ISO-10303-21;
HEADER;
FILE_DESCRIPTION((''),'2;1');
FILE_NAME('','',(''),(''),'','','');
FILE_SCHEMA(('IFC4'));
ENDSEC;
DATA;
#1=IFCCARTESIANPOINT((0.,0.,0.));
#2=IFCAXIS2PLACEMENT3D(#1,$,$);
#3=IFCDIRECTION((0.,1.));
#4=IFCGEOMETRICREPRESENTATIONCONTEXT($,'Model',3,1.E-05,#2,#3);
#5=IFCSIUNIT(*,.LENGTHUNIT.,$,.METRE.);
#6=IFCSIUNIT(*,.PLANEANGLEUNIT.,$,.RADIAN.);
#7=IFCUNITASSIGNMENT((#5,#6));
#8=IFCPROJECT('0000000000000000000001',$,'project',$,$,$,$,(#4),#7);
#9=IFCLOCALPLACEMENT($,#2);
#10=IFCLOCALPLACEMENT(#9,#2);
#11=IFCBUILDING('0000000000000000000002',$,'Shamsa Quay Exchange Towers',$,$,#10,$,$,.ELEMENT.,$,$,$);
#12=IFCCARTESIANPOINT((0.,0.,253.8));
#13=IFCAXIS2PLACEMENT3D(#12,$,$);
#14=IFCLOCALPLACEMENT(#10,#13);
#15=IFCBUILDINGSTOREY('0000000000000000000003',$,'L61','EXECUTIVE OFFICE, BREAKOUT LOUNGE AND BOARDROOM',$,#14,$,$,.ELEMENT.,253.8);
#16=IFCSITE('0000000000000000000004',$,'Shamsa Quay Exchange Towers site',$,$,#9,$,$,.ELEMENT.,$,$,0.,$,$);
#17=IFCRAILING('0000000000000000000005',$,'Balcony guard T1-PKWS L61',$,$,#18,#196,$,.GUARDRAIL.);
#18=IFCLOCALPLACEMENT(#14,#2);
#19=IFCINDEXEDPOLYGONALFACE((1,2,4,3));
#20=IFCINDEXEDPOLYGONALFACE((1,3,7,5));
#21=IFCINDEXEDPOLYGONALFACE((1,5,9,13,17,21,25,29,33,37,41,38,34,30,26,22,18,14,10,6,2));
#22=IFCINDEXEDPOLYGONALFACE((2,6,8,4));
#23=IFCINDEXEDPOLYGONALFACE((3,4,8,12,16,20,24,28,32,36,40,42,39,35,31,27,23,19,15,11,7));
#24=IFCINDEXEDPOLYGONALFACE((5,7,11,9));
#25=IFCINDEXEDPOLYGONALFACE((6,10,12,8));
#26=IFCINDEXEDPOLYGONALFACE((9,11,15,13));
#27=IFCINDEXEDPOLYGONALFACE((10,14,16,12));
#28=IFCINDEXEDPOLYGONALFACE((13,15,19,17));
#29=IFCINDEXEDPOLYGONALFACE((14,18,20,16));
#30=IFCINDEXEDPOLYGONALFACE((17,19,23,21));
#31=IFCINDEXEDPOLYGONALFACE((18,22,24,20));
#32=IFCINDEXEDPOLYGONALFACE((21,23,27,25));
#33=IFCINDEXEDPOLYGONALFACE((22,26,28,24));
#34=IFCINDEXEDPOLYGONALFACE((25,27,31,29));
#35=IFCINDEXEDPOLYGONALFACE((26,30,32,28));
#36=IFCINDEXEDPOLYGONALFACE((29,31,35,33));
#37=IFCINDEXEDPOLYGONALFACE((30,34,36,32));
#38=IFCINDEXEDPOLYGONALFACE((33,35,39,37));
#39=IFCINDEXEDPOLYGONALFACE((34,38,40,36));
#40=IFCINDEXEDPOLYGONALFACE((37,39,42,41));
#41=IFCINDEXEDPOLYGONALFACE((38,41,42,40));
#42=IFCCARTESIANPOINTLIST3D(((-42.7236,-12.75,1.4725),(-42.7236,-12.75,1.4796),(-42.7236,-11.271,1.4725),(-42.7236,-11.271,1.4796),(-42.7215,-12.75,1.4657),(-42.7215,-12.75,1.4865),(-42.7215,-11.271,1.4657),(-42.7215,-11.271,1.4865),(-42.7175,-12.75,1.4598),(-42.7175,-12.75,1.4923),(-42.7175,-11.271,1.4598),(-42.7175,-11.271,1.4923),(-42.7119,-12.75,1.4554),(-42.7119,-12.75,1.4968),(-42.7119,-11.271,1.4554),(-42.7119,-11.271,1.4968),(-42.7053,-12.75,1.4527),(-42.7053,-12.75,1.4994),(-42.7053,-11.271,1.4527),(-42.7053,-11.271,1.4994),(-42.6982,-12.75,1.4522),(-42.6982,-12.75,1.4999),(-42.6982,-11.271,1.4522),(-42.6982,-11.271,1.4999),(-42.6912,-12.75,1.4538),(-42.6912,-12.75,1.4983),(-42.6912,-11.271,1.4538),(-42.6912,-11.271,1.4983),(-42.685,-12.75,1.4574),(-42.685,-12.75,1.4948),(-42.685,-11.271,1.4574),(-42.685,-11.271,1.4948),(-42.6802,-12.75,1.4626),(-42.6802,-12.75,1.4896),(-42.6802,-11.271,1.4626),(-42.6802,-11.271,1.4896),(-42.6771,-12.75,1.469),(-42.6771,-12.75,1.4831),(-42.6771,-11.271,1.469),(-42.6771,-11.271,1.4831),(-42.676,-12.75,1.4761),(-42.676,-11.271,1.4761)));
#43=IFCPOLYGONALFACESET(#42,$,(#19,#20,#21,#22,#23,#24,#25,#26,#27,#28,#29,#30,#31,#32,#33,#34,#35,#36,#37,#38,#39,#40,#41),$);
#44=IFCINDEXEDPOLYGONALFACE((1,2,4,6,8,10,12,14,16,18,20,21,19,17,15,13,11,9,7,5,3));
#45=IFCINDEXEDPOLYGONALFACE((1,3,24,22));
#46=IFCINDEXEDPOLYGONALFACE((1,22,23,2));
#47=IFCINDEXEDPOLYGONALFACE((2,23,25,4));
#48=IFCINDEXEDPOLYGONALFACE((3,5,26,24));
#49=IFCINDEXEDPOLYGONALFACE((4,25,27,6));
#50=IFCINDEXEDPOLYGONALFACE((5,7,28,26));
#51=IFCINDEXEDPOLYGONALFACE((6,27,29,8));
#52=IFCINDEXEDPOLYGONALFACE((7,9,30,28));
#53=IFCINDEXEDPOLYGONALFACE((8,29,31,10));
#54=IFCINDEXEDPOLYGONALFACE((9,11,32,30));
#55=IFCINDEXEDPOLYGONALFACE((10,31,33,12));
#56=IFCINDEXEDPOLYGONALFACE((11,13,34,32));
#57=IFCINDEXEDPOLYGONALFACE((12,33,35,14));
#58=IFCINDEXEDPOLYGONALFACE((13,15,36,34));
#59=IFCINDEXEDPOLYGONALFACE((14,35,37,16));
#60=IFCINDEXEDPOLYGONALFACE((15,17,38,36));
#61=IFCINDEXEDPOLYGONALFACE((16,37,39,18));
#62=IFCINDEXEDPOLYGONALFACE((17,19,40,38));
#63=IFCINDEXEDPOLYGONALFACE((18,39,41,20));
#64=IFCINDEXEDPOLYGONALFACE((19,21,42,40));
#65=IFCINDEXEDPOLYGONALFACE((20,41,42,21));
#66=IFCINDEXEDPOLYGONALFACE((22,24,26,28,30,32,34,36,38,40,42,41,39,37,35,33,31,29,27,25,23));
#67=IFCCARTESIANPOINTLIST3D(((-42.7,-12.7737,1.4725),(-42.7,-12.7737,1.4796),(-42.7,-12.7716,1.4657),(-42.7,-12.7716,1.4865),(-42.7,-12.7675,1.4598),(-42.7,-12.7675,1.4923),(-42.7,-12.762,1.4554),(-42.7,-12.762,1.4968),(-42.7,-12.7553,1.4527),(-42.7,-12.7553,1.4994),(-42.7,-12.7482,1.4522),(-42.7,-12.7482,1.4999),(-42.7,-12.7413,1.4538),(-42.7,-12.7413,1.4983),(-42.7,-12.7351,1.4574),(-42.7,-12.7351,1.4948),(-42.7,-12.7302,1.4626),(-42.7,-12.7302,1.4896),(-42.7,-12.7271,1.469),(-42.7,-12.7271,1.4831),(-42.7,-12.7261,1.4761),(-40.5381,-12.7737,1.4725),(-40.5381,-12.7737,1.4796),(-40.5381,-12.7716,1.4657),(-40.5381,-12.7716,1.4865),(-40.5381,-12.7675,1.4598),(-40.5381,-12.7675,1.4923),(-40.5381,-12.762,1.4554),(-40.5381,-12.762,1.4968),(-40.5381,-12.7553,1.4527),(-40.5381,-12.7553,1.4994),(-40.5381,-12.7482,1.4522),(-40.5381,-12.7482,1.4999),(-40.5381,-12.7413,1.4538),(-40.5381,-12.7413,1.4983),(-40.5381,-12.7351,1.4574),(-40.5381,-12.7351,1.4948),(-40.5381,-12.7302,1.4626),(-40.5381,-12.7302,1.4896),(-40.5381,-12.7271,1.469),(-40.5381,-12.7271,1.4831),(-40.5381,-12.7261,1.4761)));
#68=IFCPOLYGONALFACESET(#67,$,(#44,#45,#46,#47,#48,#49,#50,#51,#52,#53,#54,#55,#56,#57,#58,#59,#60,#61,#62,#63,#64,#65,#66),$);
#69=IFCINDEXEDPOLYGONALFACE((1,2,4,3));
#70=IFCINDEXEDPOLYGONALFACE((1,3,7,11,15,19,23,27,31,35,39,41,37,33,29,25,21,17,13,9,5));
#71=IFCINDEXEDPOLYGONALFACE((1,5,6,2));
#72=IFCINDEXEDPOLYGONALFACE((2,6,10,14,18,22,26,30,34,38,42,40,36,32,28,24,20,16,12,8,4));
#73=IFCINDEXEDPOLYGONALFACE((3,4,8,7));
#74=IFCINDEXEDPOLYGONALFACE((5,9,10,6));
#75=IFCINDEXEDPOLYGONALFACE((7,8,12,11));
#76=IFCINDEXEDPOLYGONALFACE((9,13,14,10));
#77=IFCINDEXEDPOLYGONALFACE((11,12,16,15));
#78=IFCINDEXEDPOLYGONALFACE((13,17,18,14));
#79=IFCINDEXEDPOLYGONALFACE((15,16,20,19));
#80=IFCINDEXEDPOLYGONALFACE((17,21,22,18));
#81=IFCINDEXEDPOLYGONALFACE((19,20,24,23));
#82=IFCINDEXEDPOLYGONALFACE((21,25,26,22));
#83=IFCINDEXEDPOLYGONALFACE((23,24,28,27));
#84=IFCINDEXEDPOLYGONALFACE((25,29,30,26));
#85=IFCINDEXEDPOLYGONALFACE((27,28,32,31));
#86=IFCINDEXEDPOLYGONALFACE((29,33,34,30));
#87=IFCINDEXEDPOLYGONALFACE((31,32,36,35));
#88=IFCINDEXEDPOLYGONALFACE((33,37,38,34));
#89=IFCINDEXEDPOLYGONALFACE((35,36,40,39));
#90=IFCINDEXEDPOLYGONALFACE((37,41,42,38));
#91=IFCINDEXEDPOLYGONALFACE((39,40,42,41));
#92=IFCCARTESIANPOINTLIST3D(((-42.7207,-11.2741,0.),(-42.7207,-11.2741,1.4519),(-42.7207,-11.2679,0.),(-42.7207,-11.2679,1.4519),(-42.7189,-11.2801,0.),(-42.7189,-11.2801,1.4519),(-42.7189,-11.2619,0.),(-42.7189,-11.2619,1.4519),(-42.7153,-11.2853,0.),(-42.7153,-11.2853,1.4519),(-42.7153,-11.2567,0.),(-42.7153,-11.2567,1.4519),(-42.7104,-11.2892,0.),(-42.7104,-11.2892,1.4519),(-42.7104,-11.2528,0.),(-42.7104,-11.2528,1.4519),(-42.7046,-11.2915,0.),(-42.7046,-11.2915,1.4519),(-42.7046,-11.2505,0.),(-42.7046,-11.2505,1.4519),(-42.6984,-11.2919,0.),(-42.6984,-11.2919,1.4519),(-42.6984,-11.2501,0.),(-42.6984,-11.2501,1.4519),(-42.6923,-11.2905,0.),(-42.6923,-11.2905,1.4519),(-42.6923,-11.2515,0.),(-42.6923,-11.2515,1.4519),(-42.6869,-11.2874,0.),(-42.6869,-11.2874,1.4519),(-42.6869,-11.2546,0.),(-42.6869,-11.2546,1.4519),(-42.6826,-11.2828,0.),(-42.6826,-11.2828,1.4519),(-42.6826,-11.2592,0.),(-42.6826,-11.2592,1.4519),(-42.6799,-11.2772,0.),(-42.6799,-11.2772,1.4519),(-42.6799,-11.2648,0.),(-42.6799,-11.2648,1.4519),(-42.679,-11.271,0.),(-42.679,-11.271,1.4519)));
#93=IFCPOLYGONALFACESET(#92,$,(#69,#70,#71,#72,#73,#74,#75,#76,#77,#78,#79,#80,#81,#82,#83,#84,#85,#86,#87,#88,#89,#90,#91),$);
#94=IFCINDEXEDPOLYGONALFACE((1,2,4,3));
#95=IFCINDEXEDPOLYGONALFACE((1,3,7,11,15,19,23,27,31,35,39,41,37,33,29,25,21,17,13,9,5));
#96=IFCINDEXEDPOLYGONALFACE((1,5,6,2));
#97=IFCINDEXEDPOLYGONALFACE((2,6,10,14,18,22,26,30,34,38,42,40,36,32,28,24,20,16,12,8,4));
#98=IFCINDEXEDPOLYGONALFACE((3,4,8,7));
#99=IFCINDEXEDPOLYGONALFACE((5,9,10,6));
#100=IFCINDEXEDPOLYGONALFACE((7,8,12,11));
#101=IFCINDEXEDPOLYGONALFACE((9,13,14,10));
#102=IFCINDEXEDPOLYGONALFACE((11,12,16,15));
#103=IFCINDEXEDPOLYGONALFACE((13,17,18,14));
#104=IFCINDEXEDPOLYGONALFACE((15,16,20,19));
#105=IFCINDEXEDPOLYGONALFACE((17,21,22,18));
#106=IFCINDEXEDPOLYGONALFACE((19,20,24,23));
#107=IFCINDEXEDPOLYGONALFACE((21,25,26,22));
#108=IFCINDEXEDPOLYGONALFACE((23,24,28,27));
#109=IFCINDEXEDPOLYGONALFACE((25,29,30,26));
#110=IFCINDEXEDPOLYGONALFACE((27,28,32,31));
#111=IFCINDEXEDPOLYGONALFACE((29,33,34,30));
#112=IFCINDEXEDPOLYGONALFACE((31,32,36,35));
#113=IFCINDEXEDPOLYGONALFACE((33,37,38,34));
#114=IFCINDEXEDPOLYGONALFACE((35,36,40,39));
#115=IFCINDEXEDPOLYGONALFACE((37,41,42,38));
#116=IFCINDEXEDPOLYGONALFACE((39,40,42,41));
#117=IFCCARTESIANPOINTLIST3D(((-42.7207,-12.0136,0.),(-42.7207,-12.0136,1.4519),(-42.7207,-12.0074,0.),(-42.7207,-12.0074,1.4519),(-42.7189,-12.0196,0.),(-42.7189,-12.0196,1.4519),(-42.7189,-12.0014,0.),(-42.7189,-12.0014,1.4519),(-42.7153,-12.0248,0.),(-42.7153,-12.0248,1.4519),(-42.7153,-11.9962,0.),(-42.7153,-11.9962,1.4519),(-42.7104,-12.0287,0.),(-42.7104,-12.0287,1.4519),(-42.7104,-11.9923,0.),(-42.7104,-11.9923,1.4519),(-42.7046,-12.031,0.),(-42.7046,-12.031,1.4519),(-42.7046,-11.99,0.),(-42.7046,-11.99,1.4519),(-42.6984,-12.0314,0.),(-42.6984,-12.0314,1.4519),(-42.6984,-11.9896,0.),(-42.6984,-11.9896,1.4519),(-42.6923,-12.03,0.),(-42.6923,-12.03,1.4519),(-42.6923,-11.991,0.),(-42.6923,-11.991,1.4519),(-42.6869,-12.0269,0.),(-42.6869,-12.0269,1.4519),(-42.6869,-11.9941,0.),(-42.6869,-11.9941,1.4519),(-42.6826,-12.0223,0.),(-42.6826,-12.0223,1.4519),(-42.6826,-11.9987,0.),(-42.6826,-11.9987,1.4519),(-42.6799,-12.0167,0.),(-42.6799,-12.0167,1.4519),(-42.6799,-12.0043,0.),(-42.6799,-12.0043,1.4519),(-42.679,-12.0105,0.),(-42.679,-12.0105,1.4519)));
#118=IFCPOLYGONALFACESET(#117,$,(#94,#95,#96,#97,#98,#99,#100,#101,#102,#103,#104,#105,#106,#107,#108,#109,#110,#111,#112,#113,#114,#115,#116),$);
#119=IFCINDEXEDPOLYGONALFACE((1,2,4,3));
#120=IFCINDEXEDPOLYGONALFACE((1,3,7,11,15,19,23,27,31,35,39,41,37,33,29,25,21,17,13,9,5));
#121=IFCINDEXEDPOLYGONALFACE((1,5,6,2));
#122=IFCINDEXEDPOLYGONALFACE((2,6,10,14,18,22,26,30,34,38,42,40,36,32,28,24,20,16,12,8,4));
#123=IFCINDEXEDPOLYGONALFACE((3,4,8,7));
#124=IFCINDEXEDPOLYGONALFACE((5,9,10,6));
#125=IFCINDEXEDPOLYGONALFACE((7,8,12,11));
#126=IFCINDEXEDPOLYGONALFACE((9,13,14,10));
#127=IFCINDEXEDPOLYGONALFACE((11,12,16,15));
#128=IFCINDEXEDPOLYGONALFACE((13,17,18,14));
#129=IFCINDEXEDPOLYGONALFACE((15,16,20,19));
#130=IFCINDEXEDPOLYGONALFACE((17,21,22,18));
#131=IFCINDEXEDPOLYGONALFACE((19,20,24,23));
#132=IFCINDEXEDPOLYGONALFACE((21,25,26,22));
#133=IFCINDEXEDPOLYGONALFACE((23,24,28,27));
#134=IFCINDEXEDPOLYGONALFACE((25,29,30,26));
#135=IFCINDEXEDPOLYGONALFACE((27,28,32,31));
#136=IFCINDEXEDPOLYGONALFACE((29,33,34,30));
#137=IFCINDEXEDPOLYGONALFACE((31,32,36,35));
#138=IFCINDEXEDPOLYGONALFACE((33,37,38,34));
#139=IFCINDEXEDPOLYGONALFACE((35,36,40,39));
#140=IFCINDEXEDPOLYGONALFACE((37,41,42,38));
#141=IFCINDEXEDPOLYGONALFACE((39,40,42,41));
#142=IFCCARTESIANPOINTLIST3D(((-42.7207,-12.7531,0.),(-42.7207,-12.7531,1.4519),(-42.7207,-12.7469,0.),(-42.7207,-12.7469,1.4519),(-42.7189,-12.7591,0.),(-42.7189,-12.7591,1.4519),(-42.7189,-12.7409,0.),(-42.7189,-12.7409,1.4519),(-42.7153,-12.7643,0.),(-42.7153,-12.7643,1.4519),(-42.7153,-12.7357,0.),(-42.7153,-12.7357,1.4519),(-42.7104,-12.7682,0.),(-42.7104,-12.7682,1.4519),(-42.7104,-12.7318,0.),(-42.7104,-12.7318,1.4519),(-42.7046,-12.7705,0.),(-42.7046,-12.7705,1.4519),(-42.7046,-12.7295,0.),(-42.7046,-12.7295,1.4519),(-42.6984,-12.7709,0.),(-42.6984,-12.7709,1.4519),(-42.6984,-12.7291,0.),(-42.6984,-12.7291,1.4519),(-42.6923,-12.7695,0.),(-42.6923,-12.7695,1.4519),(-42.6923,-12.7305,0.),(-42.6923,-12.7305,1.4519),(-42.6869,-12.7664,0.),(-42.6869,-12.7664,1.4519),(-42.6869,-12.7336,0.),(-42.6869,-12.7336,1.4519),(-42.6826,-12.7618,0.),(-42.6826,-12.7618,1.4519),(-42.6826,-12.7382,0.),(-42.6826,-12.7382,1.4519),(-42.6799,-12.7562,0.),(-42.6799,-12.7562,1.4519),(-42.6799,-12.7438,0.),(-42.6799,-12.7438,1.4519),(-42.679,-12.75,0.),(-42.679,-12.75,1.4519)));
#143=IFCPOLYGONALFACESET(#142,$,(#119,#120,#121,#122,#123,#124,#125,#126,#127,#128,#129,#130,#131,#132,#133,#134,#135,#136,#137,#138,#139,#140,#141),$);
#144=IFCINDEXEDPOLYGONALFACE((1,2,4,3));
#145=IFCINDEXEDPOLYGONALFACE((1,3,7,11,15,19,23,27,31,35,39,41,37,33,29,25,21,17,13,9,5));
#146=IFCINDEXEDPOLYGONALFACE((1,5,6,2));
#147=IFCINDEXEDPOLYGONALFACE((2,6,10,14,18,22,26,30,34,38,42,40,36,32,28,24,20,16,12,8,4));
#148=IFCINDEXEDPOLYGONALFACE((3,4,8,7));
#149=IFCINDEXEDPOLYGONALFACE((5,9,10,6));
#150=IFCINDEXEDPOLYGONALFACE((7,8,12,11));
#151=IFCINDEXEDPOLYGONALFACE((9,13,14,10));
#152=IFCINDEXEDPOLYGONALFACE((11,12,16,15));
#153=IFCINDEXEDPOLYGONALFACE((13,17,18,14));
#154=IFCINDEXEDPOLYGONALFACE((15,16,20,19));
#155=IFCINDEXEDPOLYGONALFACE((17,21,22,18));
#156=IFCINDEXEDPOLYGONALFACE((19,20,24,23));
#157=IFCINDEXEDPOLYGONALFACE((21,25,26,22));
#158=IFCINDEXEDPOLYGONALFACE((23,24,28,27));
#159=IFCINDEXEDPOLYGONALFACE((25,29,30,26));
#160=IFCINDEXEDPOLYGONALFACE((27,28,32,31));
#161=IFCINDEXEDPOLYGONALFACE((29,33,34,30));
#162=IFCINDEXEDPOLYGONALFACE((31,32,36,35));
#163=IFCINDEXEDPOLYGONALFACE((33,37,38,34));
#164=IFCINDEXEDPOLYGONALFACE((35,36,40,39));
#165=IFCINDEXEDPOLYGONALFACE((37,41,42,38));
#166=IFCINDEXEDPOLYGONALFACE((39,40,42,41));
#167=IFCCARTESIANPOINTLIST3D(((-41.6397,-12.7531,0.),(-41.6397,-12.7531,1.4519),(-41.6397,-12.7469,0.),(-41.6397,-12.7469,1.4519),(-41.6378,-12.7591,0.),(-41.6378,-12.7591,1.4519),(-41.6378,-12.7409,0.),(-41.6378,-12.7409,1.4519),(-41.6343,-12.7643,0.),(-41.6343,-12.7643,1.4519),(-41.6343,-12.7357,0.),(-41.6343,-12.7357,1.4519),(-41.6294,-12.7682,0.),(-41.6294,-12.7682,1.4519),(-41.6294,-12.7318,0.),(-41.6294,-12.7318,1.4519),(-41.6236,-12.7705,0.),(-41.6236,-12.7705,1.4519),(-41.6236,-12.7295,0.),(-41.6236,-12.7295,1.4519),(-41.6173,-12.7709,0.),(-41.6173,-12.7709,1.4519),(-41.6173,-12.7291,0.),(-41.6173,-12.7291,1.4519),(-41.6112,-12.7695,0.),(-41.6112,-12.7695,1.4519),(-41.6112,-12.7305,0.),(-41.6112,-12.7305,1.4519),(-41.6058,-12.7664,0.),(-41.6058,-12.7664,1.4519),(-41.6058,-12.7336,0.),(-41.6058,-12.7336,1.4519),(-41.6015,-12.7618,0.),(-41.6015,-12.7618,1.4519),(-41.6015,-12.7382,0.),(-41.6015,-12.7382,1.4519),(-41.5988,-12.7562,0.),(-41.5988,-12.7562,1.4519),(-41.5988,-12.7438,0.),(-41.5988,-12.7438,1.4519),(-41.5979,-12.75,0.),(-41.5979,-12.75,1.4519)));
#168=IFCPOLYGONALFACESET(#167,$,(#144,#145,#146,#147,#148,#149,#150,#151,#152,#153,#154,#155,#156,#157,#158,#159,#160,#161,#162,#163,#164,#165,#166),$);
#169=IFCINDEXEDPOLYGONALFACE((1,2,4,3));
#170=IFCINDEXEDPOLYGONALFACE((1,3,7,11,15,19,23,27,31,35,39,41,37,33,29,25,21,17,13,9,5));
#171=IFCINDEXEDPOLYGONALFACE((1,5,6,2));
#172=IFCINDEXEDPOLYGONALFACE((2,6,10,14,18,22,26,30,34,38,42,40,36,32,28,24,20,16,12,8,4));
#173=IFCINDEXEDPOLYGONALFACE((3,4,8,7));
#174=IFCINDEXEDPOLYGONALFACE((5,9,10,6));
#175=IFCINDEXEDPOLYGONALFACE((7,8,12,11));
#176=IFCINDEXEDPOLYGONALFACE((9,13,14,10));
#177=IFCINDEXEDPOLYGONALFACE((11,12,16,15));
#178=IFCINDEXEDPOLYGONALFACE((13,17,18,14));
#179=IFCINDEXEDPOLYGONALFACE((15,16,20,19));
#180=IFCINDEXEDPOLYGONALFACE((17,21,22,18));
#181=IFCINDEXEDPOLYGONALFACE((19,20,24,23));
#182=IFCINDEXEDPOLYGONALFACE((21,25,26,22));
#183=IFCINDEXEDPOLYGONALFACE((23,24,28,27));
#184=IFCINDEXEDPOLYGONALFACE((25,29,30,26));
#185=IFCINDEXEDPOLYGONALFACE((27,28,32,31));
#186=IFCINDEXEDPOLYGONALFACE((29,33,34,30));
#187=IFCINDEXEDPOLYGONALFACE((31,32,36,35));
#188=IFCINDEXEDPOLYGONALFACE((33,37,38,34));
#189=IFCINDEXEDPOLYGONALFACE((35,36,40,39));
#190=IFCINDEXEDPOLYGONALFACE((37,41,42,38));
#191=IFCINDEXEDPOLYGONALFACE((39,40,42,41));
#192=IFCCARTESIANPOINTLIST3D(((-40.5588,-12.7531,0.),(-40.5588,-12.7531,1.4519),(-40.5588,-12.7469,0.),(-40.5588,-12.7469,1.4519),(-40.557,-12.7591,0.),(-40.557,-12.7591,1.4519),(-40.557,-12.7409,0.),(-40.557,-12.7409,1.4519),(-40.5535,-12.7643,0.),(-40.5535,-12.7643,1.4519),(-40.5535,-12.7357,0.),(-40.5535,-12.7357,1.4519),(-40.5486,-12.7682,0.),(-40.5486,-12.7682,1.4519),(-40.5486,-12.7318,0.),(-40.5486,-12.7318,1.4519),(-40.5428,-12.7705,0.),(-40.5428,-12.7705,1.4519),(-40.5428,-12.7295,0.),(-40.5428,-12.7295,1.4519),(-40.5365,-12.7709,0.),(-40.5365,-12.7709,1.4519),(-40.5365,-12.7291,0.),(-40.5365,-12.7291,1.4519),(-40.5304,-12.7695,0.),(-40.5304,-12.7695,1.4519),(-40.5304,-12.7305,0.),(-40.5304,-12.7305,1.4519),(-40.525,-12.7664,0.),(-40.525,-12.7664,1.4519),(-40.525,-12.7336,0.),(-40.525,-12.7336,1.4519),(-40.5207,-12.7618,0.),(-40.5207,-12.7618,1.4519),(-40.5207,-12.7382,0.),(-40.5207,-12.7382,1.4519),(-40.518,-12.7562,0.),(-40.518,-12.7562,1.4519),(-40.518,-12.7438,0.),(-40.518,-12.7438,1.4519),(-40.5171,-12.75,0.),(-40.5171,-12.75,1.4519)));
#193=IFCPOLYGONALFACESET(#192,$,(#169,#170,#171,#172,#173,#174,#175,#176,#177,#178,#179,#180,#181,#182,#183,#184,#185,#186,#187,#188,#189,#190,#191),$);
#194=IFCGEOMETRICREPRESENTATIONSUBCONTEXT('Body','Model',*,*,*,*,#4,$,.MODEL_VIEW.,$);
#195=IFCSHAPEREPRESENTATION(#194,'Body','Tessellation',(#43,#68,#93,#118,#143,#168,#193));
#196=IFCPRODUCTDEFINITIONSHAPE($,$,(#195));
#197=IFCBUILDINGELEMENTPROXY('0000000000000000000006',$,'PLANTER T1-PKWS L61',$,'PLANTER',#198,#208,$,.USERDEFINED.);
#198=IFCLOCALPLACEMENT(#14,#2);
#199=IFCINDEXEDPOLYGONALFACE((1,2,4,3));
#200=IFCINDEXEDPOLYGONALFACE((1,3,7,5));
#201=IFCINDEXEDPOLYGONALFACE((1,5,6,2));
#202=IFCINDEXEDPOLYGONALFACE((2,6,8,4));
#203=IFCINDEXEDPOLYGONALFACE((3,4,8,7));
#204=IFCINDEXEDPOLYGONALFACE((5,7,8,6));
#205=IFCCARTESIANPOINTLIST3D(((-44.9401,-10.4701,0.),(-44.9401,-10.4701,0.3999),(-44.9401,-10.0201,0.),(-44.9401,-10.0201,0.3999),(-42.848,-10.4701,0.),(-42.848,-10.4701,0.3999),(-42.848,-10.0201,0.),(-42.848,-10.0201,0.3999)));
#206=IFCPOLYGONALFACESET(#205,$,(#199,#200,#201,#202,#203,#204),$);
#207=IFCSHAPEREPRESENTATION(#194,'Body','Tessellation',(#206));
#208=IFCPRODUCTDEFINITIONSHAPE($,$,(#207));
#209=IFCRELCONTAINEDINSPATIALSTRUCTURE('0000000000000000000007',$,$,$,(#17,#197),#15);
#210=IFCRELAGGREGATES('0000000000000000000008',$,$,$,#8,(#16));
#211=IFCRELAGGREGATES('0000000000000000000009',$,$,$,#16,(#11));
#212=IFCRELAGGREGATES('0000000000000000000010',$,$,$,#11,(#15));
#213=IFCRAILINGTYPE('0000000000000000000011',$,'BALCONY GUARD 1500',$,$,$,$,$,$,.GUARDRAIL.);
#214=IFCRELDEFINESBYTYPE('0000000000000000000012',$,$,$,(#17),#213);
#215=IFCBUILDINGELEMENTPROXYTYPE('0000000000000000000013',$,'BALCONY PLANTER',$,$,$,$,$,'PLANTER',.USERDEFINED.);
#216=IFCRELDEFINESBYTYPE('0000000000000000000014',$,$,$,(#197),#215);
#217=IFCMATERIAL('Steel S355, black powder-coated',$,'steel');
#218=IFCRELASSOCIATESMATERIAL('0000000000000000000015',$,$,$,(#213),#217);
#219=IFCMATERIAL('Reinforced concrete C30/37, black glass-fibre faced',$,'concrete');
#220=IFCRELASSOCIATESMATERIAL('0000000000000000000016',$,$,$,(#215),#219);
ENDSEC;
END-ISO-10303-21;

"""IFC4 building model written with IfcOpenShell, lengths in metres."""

from ifc_helpers import new_model, si_unit, direction, frame, origin, origin_2d, place, context, subcontext, project, spatial, rectangle, circle, extrude, material, type_object, element, save


model = new_model("IFC4")

# Units and contexts
model_context = context("Model", 3, precision=1e-05, world=origin(), true_north=direction((0.0, 1.0)))
body_context = subcontext(model_context, "Body", "Model", "MODEL_VIEW")
ifc_project = project(units=[si_unit("LENGTHUNIT", "METRE"), si_unit("PLANEANGLEUNIT", "RADIAN")], contexts=[model_context])

# Site, building, storey
site_placement = place(None, origin())
site = spatial("IfcSite", under=ifc_project, at=site_placement, Name="Shamsa Quay Exchange Towers site", CompositionType="ELEMENT", RefElevation=0.0)
building_placement = place(site_placement, origin())
building = spatial("IfcBuilding", under=site, at=building_placement, Name="Shamsa Quay Exchange Towers", CompositionType="ELEMENT")
storey_placement = place(building_placement, frame((0.0, 0.0, 253.8)))
storey = spatial("IfcBuildingStorey", under=building, at=storey_placement, Name="L61", Description="EXECUTIVE OFFICE, BREAKOUT LOUNGE AND BOARDROOM", CompositionType="ELEMENT", Elevation=253.8)

# Railing
ifc_material_1 = material(Name="Steel S355, black powder-coated", Category="steel")
railing_type_1 = type_object("IfcRailingType", Name="BALCONY GUARD 1500", PredefinedType="GUARDRAIL", material=ifc_material_1)
for number, where, name in (
    (1, (-42.7, -11.271, 0.0), "Balcony guard T1-PKWS L61"),
):
    element("IfcRailing", number, at=place(storey_placement, frame(where)), inside=storey, type_object=railing_type_1, Name=name, PredefinedType="GUARDRAIL", context=body_context, shape_type="SweptSolid", body=[
        extrude(circle(Radius=0.0239, at=origin_2d()), frame((0.0, 0.0, 1.4761), z_axis=(0.0, -1.0, 0.0), x_axis=(1.0, 0.0, 0.0)), (0.0, 0.0, 1.0), 1.479),
        extrude(circle(Radius=0.0239, at=origin_2d()), frame((0.0, -1.479, 1.4761), z_axis=(1.0, 0.0, 0.0), x_axis=(0.0, 1.0, 0.0)), (0.0, 0.0, 1.0), 2.1619),
        extrude(circle(Radius=0.021, at=origin_2d()), origin(), (0.0, 0.0, 1.0), 1.4519),
        extrude(circle(Radius=0.021, at=origin_2d()), frame((0.0, -0.7395, 0.0)), (0.0, 0.0, 1.0), 1.4519),
        extrude(circle(Radius=0.021, at=origin_2d()), frame((0.0, -1.479, 0.0)), (0.0, 0.0, 1.0), 1.4519),
        extrude(circle(Radius=0.021, at=origin_2d()), frame((1.0811, -1.479, 0.0)), (0.0, 0.0, 1.0), 1.4519),
        extrude(circle(Radius=0.021, at=origin_2d()), frame((2.1619, -1.479, 0.0)), (0.0, 0.0, 1.0), 1.4519),
    ])

# Building element proxy
ifc_material_2 = material(Name="Reinforced concrete C30/37, black glass-fibre faced", Category="concrete")
building_element_proxy_type = type_object("IfcBuildingElementProxyType", Name="BALCONY PLANTER", ElementType="PLANTER", PredefinedType="USERDEFINED", material=ifc_material_2)
proxy_placement = place(storey_placement, frame((-43.894, -10.2451, 0.0)))
element("IfcBuildingElementProxy", 2, at=proxy_placement, inside=storey, type_object=building_element_proxy_type, Name="PLANTER T1-PKWS L61", ObjectType="PLANTER", PredefinedType="USERDEFINED", context=body_context, shape_type="SweptSolid", body=[
    extrude(rectangle(XDim=2.092, YDim=0.45, at=origin_2d()), origin(), (0.0, 0.0, 1.0), 0.3999),
])

save(model, "model.ifc")
